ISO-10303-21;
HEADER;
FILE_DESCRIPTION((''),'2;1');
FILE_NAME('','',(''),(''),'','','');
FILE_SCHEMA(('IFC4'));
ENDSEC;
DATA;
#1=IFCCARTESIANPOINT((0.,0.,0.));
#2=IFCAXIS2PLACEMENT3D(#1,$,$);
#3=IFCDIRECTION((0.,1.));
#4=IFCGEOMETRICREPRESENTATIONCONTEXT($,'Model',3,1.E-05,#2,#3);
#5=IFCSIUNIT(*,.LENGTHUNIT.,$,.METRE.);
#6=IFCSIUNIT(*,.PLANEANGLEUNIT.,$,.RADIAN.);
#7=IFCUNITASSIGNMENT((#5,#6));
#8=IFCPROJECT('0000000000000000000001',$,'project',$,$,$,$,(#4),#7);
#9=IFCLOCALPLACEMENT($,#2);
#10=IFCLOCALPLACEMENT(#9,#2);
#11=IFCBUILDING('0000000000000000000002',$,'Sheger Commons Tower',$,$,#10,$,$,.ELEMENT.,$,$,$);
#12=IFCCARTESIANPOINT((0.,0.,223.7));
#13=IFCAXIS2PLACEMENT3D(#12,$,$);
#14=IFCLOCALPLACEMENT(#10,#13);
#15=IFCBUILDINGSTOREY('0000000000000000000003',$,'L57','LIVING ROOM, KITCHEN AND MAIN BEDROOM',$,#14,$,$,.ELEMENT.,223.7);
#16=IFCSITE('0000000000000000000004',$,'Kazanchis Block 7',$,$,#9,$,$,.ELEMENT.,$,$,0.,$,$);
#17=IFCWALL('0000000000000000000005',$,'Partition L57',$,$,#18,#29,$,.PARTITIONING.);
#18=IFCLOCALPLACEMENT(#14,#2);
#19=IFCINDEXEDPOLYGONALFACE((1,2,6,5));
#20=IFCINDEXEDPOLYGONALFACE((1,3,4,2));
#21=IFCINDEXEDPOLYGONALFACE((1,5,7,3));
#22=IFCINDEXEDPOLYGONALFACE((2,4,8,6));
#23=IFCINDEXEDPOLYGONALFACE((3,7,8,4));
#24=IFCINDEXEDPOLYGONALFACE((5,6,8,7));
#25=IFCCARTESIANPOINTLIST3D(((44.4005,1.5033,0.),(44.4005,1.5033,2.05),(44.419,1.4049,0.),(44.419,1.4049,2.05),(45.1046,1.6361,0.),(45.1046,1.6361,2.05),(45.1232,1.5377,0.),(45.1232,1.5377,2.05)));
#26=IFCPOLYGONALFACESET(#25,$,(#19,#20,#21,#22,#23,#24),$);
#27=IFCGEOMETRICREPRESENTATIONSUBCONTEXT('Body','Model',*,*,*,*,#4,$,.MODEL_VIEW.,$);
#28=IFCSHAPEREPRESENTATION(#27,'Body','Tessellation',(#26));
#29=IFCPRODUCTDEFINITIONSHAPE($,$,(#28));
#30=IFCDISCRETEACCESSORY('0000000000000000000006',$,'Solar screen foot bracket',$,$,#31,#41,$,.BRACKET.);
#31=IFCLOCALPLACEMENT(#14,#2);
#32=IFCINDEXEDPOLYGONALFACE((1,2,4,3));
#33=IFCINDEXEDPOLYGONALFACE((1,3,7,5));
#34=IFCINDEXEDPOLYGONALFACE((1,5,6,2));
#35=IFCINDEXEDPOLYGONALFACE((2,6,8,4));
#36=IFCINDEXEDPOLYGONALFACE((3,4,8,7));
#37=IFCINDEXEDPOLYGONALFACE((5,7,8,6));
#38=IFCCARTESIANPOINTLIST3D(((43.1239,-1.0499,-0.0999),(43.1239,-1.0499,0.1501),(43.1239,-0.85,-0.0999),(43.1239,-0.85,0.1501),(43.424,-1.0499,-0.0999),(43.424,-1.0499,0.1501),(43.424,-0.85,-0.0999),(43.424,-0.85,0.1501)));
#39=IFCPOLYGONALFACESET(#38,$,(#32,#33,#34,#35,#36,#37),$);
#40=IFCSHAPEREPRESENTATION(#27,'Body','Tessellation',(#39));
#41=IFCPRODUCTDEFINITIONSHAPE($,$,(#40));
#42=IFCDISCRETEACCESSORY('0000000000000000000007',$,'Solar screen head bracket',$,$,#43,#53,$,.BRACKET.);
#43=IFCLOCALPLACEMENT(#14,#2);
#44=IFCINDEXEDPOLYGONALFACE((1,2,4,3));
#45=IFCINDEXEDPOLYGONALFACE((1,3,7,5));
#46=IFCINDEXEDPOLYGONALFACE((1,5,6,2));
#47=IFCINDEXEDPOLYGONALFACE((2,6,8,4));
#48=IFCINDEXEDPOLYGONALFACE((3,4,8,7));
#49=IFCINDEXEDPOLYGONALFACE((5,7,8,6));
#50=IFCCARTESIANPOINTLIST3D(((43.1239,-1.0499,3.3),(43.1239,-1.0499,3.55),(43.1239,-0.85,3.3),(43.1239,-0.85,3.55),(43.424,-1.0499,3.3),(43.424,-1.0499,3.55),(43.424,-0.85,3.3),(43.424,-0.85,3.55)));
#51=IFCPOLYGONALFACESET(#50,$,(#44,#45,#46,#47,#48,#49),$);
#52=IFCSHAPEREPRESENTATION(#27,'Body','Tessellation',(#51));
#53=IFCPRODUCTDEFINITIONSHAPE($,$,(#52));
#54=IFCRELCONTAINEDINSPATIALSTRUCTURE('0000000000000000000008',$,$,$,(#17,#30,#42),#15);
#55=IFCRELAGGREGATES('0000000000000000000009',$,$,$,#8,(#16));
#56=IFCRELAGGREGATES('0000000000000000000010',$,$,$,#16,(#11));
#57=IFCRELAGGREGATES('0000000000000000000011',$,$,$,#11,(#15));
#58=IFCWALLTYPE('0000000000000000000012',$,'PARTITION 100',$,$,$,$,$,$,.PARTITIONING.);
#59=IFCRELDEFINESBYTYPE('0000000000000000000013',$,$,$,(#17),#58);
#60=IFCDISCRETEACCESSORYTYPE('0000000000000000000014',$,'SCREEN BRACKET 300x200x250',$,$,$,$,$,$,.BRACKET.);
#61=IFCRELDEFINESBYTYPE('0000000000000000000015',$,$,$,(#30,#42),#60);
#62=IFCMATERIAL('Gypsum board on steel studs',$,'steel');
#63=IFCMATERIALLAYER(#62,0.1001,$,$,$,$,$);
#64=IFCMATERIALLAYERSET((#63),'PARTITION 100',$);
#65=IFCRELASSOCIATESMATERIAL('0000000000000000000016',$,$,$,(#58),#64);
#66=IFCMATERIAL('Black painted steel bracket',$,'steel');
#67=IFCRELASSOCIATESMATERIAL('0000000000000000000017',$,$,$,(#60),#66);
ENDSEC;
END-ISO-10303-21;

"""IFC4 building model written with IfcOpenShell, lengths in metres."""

from ifc_helpers import new_model, si_unit, direction, frame, frame_2d, origin, origin_2d, place, context, subcontext, project, spatial, rectangle, extrude, material, layer, layer_set, type_object, element, save


model = new_model("IFC4")

# Units and contexts
model_context = context("Model", 3, precision=1e-05, world=origin(), true_north=direction((0.0, 1.0)))
body_context = subcontext(model_context, "Body", "Model", "MODEL_VIEW")
ifc_project = project(units=[si_unit("LENGTHUNIT", "METRE"), si_unit("PLANEANGLEUNIT", "RADIAN")], contexts=[model_context])

# Site, building, storey
site_placement = place(None, origin())
site = spatial("IfcSite", under=ifc_project, at=site_placement, Name="Kazanchis Block 7", CompositionType="ELEMENT", RefElevation=0.0)
building_placement = place(site_placement, origin())
building = spatial("IfcBuilding", under=site, at=building_placement, Name="Sheger Commons Tower", CompositionType="ELEMENT")
storey_placement = place(building_placement, frame((0.0, 0.0, 223.7)))
storey = spatial("IfcBuildingStorey", under=building, at=storey_placement, Name="L57", Description="LIVING ROOM, KITCHEN AND MAIN BEDROOM", CompositionType="ELEMENT", Elevation=223.7)

# Wall
ifc_material_1 = material(Name="Gypsum board on steel studs", Category="steel")
ifc_layer_1 = layer(ifc_material_1, 0.1001)
ifc_layer_set_1 = layer_set([ifc_layer_1], Name="PARTITION 100")
wall_type_1 = type_object("IfcWallType", Name="PARTITION 100", PredefinedType="PARTITIONING", material=ifc_layer_set_1)
wall_1_placement = place(storey_placement, frame((45.114, 1.5869, 0.0), z_axis=(0.0, 0.0, 1.0), x_axis=(-0.982671, -0.185358, 0.0)))
element("IfcWall", 1, at=wall_1_placement, inside=storey, type_object=wall_type_1, Name="Partition L57", PredefinedType="PARTITIONING", context=body_context, shape_type="SweptSolid", body=[
    extrude(rectangle(XDim=0.7166, YDim=0.1001, at=frame_2d((0.3584, 0.0))), origin(), (0.0, 0.0, 1.0), 2.05),
])

# Discrete accessories
ifc_material_2 = material(Name="Black painted steel bracket", Category="steel")
discrete_accessory_type = type_object("IfcDiscreteAccessoryType", Name="SCREEN BRACKET 300x200x250", PredefinedType="BRACKET", material=ifc_material_2)
for number, where, z_axis, x_axis, name in (
    (2, (43.2739, -0.95, -0.0999), (0.0, 0.0, 1.0), (1.0, 0.0, 0.0), "Solar screen foot bracket"),
    (3, (43.2739, -0.95, 3.3), (0.0, 0.0, 1.0), (1.0, 0.0, 0.0), "Solar screen head bracket"),
):
    element("IfcDiscreteAccessory", number, at=place(storey_placement, frame(where, z_axis=z_axis, x_axis=x_axis)), inside=storey, type_object=discrete_accessory_type, Name=name, PredefinedType="BRACKET", context=body_context, shape_type="SweptSolid", body=[
        extrude(rectangle(XDim=0.3, YDim=0.2, at=origin_2d()), origin(), (0.0, 0.0, 1.0), 0.25),
    ])

save(model, "model.ifc")
